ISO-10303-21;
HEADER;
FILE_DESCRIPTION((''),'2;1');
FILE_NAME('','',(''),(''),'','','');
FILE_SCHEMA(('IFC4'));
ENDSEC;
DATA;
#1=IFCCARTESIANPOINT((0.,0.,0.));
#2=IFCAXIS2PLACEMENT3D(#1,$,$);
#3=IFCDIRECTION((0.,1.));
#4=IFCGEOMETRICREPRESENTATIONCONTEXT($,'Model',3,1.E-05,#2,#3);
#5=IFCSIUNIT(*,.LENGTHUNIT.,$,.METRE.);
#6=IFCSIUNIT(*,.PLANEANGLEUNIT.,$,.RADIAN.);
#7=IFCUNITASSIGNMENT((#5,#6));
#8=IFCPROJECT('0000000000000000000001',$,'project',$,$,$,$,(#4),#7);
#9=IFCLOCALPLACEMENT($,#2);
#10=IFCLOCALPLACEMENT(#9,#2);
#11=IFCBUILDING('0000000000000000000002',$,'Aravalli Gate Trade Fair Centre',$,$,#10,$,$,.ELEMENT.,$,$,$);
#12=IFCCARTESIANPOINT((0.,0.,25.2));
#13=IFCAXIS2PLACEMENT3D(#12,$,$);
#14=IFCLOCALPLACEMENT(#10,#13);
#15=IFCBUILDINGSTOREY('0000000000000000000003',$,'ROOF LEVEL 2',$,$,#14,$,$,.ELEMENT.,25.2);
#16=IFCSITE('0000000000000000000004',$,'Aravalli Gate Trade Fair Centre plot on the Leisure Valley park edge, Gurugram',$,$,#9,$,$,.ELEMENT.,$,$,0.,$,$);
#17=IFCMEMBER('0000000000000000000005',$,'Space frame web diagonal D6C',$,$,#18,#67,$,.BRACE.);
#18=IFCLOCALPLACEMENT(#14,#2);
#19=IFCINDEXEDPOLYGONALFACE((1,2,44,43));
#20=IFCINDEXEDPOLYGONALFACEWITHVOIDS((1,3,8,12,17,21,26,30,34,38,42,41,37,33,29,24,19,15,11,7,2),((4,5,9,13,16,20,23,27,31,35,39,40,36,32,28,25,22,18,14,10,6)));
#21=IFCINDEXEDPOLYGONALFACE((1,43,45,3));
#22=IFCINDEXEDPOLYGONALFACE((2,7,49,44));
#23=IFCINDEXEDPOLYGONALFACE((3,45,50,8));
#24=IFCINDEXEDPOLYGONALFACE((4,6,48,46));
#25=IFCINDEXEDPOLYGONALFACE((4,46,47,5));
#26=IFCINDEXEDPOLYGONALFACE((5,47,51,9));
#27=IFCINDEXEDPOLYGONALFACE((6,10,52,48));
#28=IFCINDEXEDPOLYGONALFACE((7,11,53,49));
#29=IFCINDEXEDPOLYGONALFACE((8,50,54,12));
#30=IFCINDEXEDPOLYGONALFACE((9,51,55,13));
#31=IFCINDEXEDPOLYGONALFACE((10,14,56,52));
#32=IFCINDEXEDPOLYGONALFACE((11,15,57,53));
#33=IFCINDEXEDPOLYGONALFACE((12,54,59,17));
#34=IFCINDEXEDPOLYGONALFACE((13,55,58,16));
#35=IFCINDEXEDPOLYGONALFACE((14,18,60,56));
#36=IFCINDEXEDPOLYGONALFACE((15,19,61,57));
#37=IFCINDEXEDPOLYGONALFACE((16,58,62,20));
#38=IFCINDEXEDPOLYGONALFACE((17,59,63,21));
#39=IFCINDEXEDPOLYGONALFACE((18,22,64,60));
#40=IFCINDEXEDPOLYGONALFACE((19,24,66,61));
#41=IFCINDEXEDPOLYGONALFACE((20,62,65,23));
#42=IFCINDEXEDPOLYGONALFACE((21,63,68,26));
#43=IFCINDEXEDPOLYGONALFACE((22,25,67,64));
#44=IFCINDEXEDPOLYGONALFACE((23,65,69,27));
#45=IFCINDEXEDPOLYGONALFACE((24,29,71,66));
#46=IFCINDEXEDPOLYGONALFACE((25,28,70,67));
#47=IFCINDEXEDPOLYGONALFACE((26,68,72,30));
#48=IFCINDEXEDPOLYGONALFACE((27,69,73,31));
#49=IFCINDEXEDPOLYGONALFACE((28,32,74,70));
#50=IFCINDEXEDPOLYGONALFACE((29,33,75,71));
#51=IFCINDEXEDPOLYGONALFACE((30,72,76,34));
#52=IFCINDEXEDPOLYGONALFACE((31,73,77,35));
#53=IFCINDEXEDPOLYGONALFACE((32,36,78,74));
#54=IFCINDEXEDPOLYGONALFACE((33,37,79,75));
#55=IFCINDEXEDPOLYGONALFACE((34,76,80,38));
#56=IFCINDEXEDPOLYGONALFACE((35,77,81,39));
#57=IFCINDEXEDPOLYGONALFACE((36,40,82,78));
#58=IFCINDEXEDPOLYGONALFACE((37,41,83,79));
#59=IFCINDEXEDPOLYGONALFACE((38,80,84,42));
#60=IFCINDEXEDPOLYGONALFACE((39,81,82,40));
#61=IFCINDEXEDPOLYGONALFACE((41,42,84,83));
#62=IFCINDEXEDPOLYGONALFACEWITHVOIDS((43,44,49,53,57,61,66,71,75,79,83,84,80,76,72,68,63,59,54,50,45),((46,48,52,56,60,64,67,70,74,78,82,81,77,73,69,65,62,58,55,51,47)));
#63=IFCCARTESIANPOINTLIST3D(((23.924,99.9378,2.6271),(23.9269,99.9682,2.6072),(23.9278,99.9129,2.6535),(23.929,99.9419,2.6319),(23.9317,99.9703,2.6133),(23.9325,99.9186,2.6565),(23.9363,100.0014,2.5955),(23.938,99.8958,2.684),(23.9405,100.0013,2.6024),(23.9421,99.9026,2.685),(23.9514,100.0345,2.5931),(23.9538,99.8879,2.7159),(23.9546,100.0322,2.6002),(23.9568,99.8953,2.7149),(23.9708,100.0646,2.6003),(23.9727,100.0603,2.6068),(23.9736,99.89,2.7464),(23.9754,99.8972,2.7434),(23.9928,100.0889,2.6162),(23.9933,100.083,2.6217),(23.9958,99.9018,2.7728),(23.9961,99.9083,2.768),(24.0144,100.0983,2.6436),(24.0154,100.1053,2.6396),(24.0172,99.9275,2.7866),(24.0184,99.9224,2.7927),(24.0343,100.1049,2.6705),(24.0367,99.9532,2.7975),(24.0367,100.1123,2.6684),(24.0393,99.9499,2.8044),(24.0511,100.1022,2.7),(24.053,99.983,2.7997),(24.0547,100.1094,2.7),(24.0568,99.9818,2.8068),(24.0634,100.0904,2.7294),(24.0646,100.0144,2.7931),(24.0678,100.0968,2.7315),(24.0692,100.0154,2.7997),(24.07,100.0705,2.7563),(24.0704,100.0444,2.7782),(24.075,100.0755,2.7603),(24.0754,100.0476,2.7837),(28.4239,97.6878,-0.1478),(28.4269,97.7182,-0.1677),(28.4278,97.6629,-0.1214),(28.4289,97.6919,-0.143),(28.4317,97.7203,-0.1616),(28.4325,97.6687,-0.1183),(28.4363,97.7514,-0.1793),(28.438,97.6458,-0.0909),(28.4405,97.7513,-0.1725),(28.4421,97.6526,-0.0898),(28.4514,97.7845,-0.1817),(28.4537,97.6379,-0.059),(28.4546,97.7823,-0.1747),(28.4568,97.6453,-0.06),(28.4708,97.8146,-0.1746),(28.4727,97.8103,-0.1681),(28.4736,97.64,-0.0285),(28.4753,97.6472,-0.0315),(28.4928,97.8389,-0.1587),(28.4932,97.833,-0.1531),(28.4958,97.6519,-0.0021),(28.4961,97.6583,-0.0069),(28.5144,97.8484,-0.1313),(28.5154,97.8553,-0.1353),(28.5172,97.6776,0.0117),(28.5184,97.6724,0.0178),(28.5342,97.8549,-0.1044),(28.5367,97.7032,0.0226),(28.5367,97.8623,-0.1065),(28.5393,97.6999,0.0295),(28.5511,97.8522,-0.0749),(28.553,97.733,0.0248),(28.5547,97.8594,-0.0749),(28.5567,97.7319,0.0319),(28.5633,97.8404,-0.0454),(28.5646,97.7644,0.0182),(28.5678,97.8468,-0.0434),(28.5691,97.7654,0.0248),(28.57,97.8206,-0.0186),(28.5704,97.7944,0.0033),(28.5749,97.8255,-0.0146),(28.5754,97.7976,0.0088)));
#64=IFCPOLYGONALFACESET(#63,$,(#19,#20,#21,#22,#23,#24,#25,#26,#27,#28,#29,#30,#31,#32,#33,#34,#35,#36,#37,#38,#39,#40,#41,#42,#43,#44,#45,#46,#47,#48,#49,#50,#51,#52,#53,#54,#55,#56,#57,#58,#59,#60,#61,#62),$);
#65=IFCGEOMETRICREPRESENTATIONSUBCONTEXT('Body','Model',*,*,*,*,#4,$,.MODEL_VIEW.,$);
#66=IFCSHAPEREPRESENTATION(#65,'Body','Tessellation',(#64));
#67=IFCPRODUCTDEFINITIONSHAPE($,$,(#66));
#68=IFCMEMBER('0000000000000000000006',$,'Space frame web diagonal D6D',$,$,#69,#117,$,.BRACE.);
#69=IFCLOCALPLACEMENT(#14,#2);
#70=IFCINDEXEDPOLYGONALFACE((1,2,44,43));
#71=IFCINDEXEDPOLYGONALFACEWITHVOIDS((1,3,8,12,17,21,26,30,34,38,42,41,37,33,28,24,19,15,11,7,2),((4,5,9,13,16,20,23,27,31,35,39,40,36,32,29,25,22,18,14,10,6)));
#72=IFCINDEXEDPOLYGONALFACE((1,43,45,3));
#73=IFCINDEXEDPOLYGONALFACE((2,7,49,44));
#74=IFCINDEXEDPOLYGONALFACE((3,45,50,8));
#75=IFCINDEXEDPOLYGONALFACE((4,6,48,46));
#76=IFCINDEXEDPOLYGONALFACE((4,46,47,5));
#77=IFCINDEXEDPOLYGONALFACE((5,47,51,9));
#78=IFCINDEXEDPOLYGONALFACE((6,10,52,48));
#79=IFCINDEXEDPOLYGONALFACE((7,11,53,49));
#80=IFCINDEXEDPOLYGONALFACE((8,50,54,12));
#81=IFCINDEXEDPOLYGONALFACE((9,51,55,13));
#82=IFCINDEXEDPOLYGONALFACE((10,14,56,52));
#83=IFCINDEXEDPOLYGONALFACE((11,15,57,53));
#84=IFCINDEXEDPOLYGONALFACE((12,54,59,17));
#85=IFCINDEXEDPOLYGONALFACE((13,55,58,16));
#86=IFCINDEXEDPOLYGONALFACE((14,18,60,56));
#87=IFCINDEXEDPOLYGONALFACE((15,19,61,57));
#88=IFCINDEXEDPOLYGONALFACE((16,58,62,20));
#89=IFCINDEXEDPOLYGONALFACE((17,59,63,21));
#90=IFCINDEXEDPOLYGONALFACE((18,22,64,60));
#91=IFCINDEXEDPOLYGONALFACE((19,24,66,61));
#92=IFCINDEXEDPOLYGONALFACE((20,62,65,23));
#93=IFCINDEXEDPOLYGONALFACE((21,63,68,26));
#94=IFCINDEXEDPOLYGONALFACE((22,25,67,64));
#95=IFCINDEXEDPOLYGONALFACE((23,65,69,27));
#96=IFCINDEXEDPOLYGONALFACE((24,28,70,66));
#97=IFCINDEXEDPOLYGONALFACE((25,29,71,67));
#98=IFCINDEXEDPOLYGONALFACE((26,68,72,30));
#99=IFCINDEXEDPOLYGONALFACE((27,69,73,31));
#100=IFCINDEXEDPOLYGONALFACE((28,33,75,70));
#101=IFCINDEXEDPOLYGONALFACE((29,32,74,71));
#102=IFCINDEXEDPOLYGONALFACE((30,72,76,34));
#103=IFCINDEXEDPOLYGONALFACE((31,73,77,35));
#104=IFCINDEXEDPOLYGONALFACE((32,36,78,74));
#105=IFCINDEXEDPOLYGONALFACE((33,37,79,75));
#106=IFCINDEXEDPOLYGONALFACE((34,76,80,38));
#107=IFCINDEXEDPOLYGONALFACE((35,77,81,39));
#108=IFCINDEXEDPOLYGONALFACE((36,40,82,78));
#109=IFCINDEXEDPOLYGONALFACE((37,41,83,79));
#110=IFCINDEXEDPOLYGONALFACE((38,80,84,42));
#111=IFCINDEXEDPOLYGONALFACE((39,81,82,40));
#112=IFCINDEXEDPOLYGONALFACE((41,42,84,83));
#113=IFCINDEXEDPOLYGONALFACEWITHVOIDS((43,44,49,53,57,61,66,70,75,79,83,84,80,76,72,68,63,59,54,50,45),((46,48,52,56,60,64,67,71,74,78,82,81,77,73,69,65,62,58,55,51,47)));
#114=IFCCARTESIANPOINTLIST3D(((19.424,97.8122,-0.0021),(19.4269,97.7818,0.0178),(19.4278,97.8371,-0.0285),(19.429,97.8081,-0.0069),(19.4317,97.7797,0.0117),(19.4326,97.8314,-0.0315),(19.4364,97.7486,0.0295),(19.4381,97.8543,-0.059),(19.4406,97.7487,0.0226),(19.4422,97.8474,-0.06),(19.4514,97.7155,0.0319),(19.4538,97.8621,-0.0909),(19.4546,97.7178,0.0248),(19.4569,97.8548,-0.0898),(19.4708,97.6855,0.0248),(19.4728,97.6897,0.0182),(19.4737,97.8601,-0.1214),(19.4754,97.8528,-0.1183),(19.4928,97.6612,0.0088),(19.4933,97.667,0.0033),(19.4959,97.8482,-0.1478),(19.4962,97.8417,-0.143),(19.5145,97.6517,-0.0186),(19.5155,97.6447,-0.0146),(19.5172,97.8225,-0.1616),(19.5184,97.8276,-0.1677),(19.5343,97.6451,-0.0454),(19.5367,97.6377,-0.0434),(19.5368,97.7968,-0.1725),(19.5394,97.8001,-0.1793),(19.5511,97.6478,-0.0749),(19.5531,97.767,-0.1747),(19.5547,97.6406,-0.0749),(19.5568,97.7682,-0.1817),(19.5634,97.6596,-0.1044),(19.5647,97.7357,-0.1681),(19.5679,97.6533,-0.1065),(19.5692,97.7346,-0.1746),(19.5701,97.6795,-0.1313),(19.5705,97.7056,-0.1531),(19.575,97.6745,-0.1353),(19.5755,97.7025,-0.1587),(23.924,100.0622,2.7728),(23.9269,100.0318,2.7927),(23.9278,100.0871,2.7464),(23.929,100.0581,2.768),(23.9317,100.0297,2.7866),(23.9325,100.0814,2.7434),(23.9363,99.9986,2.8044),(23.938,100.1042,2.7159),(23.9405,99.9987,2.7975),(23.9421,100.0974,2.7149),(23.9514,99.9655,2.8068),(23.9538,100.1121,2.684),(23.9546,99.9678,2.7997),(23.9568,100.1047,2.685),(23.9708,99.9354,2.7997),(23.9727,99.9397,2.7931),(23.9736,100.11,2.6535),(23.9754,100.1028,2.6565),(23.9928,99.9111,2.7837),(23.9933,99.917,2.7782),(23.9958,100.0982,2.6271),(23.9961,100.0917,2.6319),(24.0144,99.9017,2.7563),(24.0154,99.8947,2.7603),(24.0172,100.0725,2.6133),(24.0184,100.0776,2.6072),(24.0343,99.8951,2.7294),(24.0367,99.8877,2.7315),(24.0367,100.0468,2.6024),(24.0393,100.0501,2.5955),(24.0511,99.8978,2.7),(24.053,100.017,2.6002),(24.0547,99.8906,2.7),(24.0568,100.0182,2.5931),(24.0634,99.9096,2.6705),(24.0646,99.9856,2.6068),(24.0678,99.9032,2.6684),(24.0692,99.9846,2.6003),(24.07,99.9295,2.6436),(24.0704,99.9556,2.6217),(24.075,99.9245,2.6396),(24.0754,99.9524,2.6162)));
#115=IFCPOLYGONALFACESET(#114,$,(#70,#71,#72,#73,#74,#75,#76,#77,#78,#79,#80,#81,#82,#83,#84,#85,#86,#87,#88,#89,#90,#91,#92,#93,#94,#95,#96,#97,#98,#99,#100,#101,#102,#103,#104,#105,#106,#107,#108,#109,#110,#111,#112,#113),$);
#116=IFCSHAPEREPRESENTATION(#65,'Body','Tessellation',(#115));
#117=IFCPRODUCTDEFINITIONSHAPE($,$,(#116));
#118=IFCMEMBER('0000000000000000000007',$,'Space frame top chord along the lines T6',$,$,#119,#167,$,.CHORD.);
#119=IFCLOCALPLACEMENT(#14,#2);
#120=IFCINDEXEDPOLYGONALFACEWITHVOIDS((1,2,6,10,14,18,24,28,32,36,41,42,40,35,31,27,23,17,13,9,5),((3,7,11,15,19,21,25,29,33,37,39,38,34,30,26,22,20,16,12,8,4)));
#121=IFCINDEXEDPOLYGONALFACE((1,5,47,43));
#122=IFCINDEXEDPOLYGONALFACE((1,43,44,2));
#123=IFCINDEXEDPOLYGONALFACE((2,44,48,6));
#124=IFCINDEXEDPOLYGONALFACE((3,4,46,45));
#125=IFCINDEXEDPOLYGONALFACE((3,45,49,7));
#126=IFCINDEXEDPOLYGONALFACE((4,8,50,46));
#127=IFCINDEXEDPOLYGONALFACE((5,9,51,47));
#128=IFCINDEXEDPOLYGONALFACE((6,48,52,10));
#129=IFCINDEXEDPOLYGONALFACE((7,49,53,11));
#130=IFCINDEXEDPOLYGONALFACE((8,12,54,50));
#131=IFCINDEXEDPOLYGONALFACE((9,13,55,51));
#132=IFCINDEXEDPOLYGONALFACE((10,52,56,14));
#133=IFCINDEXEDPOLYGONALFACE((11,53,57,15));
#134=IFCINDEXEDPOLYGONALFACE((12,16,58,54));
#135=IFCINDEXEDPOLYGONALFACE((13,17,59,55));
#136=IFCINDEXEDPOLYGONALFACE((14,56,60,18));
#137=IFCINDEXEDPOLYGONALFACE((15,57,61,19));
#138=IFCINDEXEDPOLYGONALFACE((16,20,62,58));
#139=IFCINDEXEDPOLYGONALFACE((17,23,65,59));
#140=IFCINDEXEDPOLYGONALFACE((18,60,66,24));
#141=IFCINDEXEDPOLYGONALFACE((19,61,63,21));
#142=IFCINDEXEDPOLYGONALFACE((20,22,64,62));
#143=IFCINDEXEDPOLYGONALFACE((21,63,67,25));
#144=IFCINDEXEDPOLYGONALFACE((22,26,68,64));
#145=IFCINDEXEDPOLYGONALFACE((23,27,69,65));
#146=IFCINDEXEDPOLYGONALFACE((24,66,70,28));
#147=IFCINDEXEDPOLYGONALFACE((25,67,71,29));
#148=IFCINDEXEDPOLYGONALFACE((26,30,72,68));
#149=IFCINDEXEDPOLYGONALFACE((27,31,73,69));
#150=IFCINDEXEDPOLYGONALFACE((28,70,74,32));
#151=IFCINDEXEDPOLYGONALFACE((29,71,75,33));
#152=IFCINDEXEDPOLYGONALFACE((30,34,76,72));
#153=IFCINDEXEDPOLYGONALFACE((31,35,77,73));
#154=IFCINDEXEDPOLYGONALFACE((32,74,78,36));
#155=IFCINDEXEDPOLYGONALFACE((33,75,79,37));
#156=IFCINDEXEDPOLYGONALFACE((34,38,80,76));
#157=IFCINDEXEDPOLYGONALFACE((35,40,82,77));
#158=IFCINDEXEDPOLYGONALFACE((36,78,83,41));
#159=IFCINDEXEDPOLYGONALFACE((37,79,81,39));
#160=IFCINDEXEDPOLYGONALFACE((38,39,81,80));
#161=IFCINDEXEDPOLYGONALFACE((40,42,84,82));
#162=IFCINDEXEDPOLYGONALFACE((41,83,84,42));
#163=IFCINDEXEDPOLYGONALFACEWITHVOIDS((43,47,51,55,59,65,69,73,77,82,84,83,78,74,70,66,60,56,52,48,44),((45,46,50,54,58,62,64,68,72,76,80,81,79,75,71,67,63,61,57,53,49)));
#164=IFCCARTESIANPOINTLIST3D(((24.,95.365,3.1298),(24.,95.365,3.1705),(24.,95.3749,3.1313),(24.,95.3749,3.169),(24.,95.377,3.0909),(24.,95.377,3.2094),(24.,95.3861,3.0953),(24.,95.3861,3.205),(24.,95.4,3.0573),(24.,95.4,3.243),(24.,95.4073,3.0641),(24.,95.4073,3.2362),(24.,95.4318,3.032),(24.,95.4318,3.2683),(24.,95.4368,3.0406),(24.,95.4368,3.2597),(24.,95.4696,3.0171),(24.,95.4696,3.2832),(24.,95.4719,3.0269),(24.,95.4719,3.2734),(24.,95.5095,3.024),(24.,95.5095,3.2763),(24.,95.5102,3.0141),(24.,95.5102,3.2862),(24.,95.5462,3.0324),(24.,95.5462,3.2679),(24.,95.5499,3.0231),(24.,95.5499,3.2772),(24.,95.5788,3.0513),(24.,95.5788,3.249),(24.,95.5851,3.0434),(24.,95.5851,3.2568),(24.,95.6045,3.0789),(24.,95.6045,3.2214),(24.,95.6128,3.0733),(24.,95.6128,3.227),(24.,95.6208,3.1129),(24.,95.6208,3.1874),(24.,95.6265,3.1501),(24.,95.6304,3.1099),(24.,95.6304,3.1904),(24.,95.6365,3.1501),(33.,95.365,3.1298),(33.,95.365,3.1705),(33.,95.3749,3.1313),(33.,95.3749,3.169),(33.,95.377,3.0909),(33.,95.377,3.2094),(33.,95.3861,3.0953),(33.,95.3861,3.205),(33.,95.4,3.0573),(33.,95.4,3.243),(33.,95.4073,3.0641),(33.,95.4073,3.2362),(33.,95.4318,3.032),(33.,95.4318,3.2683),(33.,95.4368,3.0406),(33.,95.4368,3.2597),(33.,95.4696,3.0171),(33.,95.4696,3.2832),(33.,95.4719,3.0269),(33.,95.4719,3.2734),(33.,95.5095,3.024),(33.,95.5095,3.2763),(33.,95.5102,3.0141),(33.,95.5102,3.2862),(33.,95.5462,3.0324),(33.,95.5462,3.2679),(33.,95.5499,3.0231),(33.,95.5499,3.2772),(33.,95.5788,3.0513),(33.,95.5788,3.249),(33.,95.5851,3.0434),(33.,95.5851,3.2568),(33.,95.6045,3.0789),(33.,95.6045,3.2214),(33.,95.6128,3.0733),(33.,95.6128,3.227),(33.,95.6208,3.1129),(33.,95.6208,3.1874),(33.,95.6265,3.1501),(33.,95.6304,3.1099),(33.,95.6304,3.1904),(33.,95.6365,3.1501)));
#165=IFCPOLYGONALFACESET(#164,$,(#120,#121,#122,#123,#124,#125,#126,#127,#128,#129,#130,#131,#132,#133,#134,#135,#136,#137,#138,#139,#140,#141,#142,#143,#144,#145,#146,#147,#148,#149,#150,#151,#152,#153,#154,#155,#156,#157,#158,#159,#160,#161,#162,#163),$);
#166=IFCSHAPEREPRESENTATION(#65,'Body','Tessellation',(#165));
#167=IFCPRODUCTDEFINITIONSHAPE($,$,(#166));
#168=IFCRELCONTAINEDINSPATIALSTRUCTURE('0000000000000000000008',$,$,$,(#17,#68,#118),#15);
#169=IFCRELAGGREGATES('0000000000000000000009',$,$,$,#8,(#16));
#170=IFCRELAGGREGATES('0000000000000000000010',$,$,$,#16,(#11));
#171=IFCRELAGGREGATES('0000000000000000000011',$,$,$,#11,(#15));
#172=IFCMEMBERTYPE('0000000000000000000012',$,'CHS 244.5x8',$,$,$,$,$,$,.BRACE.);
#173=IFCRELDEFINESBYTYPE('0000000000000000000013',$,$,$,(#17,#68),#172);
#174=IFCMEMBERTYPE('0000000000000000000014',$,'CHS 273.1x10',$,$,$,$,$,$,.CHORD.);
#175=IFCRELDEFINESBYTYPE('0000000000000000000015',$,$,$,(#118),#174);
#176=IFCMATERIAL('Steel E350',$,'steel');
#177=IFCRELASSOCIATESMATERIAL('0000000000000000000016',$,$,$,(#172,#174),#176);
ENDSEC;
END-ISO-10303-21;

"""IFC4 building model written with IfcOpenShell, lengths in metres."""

from ifc_helpers import new_model, si_unit, direction, frame, origin, origin_2d, place, context, subcontext, project, spatial, hollow_circle, extrude, material, material_profile, profile_set, type_object, element, save


model = new_model("IFC4")

# Units and contexts
model_context = context("Model", 3, precision=1e-05, world=origin(), true_north=direction((0.0, 1.0)))
body_context = subcontext(model_context, "Body", "Model", "MODEL_VIEW")
ifc_project = project(units=[si_unit("LENGTHUNIT", "METRE"), si_unit("PLANEANGLEUNIT", "RADIAN")], contexts=[model_context])

# Site, building, storey
site_placement = place(None, origin())
site = spatial("IfcSite", under=ifc_project, at=site_placement, Name="Aravalli Gate Trade Fair Centre plot on the Leisure Valley park edge, Gurugram", CompositionType="ELEMENT", RefElevation=0.0)
building_placement = place(site_placement, origin())
building = spatial("IfcBuilding", under=site, at=building_placement, Name="Aravalli Gate Trade Fair Centre", CompositionType="ELEMENT")
storey_placement = place(building_placement, frame((0.0, 0.0, 25.2)))
storey = spatial("IfcBuildingStorey", under=building, at=storey_placement, Name="ROOF LEVEL 2", CompositionType="ELEMENT", Elevation=25.2)

# Members
ifc_material_1 = material(Name="Steel E350", Category="steel")
ifc_material_profile_1 = material_profile(ifc_material_1, hollow_circle(Radius=0.1223, WallThickness=0.0081, at=origin_2d()), Name="CHS 244.5x8")
ifc_profile_set_1 = profile_set([ifc_material_profile_1], Name="Steel E350")
member_type_1 = type_object("IfcMemberType", Name="CHS 244.5x8", PredefinedType="BRACE", material=ifc_profile_set_1)
for number, where, z_axis, x_axis, name in (
    (1, (24.0, 100.0, 2.7), (0.7832, -0.3916, -0.482956), (0.447214, 0.894427, 0.0), "Space frame web diagonal D6C"),
    (2, (24.0, 100.0, 2.7), (-0.7832, -0.3916, -0.482956), (0.447214, -0.894427, 0.0), "Space frame web diagonal D6D"),
):
    element("IfcMember", number, at=place(storey_placement, frame(where, z_axis=z_axis, x_axis=x_axis)), inside=storey, type_object=member_type_1, Name=name, PredefinedType="BRACE", context=body_context, shape_type="SweptSolid", body=[
        extrude(hollow_circle(Radius=0.1223, WallThickness=0.0081, at=origin_2d()), origin(), (0.0, 0.0, 1.0), 5.7456),
    ])
ifc_material_profile_2 = material_profile(ifc_material_1, hollow_circle(Radius=0.1365, WallThickness=0.01, at=origin_2d()), Name="CHS 273.1x10")
ifc_profile_set_2 = profile_set([ifc_material_profile_2], Name="Steel E350")
member_type_2 = type_object("IfcMemberType", Name="CHS 273.1x10", PredefinedType="CHORD", material=ifc_profile_set_2)
for number, where, z_axis, x_axis, name in (
    (3, (24.0, 95.5, 3.1501), (1.0, 0.0, 0.0), (0.0, 1.0, 0.0), "Space frame top chord along the lines T6"),
):
    element("IfcMember", number, at=place(storey_placement, frame(where, z_axis=z_axis, x_axis=x_axis)), inside=storey, type_object=member_type_2, Name=name, PredefinedType="CHORD", context=body_context, shape_type="SweptSolid", body=[
        extrude(hollow_circle(Radius=0.1365, WallThickness=0.01, at=origin_2d()), origin(), (0.0, 0.0, 1.0), 9.0),
    ])

save(model, "model.ifc")
